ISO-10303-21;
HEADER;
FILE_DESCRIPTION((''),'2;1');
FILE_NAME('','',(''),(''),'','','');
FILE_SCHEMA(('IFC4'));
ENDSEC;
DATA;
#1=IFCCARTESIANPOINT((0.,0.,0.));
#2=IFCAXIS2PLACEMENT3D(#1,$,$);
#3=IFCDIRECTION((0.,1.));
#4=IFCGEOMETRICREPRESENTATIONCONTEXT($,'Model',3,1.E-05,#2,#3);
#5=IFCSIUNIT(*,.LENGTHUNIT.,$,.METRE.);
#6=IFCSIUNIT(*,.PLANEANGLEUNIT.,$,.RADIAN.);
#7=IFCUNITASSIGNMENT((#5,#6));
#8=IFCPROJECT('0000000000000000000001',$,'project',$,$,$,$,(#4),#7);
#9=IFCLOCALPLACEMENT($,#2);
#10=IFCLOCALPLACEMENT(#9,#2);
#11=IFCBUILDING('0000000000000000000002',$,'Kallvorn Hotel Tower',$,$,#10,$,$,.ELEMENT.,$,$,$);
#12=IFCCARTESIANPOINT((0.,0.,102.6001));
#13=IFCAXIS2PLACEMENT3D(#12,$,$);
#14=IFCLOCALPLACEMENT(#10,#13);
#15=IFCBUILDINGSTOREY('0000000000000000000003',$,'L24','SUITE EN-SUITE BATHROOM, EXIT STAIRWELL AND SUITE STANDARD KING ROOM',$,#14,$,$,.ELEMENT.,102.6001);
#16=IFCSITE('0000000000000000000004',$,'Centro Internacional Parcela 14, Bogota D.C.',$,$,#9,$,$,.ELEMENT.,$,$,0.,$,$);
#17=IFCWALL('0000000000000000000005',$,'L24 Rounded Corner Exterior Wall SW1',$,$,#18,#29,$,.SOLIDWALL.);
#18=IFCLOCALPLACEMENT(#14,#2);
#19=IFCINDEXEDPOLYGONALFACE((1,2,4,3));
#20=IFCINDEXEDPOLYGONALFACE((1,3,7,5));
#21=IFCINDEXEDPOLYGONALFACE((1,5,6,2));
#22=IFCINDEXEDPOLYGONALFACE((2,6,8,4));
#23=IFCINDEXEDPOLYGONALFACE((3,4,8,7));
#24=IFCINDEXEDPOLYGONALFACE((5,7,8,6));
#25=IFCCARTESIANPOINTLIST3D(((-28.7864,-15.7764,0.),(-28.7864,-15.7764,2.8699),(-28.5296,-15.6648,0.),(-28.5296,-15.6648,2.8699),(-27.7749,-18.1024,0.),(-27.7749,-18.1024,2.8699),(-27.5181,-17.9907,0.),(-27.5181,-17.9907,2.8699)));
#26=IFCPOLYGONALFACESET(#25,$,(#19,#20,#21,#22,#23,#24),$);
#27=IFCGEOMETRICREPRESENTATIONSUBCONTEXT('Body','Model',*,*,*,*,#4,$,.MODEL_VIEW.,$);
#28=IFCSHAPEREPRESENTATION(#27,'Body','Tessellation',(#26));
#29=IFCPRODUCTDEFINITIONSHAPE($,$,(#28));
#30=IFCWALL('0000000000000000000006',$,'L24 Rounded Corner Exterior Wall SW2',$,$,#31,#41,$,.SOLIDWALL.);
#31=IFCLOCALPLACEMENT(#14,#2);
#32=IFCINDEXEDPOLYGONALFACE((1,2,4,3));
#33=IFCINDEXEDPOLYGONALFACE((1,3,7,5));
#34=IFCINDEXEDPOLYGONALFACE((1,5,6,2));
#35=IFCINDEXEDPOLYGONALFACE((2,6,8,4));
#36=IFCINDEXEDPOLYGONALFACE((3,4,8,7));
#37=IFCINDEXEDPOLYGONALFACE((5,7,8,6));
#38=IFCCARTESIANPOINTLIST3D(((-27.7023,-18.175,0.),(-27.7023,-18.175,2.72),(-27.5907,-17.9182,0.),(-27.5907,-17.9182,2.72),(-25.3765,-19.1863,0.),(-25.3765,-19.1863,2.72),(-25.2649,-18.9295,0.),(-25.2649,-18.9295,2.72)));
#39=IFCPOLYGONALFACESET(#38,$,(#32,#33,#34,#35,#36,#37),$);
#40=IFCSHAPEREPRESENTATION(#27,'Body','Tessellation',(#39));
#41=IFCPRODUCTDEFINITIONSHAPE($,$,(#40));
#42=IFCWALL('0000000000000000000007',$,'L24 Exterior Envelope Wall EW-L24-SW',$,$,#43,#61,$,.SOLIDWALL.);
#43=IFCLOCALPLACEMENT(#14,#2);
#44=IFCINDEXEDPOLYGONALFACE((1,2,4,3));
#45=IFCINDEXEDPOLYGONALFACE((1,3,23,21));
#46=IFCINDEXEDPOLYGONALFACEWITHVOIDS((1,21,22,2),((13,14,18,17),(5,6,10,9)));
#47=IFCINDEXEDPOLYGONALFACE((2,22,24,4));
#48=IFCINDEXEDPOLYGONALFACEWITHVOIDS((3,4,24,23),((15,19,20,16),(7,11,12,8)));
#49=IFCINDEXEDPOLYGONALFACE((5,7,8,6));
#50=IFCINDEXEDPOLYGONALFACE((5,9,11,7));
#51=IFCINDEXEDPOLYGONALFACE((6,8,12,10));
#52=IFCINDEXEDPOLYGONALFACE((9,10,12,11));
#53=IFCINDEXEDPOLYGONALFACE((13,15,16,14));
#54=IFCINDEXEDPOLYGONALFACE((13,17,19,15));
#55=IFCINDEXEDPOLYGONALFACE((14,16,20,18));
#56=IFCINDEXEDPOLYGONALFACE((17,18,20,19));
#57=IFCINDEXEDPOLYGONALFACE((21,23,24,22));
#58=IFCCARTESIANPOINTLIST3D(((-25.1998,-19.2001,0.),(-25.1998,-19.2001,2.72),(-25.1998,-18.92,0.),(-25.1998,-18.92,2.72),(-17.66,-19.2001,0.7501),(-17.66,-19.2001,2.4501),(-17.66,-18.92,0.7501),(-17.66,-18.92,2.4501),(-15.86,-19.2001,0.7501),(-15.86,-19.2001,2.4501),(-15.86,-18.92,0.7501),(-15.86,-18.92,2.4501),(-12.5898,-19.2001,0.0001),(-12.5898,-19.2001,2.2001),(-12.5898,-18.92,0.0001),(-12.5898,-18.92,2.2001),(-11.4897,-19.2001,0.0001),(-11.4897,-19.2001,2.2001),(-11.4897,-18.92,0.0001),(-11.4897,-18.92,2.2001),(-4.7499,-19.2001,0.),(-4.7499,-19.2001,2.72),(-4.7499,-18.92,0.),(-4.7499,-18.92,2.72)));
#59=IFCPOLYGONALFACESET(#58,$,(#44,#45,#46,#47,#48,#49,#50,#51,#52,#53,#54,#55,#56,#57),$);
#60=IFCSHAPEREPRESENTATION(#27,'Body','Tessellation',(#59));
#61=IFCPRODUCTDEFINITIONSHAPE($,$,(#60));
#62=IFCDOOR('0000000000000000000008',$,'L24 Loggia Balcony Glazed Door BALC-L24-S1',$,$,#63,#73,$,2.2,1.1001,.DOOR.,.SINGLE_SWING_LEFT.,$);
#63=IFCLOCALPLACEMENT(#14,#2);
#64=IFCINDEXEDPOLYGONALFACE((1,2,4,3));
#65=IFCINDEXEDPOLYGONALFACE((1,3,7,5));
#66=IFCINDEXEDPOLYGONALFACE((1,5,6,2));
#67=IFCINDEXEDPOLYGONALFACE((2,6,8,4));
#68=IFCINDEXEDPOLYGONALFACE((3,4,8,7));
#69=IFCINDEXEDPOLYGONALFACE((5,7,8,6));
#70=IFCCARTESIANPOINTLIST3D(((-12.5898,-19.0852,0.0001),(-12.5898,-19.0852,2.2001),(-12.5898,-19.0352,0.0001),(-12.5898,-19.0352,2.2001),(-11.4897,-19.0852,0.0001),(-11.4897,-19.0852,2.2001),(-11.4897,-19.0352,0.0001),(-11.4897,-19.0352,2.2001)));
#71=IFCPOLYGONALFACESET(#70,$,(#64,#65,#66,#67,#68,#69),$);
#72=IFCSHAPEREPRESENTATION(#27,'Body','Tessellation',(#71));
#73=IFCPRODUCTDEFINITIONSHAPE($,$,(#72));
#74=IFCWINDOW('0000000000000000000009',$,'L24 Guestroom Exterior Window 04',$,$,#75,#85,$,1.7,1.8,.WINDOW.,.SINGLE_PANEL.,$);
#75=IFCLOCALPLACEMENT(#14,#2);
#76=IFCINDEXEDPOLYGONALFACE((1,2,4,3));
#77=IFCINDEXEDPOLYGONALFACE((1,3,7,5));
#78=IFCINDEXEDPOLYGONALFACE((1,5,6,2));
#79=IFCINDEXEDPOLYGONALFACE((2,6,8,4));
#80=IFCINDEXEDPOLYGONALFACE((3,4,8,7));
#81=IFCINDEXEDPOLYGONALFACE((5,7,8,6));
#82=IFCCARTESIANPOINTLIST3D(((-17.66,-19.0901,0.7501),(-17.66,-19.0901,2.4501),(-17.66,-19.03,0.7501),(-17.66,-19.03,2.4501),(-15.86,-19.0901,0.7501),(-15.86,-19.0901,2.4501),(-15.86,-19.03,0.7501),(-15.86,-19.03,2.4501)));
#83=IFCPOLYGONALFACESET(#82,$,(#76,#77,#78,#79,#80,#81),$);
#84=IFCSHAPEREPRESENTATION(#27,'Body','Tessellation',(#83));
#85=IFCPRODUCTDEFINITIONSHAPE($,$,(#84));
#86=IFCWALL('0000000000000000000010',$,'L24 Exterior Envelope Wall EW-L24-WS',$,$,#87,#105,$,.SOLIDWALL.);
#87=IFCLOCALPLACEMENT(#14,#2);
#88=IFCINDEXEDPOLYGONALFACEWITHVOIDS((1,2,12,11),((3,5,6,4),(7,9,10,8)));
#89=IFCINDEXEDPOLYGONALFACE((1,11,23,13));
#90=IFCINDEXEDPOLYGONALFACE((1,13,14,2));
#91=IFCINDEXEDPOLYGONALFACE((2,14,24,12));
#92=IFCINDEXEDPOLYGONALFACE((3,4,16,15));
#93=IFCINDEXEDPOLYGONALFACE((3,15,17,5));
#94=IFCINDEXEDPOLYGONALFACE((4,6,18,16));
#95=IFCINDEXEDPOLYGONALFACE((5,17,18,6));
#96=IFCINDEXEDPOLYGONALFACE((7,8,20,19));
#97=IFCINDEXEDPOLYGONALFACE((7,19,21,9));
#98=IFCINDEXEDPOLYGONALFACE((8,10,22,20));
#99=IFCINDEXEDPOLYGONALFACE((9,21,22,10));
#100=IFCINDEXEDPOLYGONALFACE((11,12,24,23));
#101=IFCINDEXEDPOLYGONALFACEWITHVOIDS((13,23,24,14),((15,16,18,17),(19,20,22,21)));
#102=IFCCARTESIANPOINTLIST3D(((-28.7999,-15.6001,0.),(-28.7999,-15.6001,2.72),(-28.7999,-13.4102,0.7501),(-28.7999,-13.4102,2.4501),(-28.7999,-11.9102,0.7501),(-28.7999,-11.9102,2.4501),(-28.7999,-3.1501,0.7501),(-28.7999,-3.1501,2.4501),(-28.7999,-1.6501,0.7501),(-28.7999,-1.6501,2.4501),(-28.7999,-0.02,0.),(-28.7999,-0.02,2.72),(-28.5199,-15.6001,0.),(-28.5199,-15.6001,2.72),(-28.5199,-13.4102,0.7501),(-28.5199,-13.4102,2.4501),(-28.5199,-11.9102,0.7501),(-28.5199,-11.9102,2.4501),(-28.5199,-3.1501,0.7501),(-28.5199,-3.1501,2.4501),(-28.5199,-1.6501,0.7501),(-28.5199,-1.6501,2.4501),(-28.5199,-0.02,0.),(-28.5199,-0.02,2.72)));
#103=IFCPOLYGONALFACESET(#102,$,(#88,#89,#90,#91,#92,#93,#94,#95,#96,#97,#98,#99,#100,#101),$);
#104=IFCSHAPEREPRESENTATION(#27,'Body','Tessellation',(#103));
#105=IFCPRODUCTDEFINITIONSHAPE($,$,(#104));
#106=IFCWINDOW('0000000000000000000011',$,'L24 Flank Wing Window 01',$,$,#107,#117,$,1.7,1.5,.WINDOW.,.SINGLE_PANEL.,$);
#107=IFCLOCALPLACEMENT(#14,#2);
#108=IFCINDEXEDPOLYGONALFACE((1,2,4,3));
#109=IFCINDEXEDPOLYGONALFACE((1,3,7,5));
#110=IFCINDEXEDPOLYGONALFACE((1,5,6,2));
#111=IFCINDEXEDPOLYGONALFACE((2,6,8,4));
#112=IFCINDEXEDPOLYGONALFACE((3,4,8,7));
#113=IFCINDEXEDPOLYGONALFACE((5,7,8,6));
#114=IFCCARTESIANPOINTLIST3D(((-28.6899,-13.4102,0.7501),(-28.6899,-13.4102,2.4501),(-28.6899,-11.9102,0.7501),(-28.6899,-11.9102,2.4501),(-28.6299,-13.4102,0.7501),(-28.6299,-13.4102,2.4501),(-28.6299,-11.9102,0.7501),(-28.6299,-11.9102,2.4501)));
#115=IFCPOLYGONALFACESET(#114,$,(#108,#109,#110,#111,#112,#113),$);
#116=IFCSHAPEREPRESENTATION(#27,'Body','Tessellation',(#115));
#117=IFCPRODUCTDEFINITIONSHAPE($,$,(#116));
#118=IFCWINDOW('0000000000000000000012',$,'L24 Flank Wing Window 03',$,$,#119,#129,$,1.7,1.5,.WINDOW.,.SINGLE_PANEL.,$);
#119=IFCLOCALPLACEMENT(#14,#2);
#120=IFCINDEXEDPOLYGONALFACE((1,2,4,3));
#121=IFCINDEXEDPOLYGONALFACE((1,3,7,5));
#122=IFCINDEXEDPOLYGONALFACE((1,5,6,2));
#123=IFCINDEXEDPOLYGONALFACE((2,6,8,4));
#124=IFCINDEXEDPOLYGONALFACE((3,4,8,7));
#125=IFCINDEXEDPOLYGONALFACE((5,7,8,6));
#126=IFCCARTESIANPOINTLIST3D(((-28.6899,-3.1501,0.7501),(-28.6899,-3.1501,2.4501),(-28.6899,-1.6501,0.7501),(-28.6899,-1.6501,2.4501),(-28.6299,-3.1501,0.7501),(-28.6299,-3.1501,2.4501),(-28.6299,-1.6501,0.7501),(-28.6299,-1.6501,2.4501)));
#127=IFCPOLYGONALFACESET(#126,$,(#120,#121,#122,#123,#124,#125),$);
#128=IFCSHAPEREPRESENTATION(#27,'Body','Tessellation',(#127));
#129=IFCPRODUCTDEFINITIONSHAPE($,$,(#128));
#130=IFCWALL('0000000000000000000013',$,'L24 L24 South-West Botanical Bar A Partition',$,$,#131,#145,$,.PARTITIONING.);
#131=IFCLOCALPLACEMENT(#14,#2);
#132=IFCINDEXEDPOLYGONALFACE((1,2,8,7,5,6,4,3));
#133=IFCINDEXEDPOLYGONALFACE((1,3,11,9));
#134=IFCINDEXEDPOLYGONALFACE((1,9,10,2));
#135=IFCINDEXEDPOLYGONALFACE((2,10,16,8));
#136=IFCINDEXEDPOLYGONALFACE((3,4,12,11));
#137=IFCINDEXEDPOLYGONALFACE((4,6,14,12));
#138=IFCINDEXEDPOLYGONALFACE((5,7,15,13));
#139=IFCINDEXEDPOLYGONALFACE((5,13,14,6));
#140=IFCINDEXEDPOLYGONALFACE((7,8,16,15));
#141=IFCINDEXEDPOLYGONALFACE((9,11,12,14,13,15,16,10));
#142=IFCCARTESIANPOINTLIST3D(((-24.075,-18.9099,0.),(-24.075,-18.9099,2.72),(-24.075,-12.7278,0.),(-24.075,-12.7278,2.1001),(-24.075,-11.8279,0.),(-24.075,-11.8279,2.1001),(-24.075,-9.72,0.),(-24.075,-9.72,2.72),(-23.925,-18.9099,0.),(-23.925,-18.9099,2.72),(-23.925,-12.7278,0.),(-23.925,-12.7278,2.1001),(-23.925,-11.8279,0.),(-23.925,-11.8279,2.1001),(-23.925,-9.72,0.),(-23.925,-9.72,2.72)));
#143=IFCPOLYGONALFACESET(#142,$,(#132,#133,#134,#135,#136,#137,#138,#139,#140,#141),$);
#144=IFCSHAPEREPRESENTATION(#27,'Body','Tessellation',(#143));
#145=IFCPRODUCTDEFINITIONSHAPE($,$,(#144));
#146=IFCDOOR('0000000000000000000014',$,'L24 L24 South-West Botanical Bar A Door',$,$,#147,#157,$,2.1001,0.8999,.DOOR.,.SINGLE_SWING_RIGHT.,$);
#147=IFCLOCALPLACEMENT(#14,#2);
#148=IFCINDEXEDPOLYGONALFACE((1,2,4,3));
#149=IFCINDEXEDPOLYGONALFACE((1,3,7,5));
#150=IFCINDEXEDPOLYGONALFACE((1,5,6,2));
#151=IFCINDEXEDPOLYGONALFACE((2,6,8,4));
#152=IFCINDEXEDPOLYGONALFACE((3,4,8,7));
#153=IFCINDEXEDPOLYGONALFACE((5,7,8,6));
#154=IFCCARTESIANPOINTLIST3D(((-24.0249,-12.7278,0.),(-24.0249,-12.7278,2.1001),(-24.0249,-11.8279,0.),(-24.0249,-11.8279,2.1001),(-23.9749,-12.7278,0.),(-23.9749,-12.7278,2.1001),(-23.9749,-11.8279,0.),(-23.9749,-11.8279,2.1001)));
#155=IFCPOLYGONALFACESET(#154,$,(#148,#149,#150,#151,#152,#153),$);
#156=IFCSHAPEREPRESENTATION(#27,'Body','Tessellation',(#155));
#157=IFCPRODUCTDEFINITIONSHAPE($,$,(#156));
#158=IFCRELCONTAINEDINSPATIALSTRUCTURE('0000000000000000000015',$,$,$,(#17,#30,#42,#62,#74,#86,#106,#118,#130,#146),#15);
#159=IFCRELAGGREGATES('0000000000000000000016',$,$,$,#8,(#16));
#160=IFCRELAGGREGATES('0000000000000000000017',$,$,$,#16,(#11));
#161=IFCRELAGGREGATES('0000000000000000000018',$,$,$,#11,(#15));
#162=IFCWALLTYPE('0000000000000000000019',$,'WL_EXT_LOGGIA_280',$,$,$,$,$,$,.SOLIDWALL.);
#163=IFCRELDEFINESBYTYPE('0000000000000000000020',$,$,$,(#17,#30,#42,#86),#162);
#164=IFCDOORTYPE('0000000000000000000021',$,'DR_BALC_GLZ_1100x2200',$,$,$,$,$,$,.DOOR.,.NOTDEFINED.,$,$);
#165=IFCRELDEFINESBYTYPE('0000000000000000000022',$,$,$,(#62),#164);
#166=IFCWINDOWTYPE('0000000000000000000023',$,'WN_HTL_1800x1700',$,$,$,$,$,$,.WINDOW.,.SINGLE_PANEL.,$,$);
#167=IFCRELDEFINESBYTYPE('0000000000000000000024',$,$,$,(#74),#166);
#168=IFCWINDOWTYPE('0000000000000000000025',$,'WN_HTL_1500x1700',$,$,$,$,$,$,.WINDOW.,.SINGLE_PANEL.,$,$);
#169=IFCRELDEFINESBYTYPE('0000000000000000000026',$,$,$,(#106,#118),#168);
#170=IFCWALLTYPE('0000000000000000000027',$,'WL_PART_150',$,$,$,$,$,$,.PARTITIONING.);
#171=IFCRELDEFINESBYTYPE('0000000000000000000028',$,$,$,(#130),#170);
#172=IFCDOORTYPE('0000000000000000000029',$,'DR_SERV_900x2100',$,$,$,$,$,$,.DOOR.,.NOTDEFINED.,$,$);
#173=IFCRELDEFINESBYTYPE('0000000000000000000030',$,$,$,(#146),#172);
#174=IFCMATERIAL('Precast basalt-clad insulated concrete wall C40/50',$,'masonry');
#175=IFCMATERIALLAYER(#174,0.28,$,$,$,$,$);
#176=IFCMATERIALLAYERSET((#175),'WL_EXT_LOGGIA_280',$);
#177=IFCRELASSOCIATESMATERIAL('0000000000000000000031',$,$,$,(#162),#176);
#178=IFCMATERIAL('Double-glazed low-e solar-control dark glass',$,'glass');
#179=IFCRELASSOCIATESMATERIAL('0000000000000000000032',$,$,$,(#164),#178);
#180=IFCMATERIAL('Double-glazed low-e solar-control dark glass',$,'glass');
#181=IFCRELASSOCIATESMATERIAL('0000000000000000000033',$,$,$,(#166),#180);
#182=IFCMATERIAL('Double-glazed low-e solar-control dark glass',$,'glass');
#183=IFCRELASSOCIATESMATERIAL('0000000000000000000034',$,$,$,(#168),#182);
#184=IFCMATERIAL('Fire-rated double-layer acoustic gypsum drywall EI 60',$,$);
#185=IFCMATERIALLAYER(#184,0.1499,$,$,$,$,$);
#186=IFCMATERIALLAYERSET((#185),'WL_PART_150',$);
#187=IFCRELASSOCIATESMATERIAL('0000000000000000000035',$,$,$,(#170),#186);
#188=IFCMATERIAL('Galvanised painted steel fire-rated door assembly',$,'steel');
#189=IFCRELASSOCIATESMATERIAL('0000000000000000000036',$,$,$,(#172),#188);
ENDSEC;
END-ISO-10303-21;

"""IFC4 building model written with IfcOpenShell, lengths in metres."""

from ifc_helpers import new_model, si_unit, direction, frame, frame_2d, origin, place, context, subcontext, project, spatial, rectangle, extrude, material, layer, layer_set, type_object, element, fill, save


model = new_model("IFC4")

# Units and contexts
model_context = context("Model", 3, precision=1e-05, world=origin(), true_north=direction((0.0, 1.0)))
body_context = subcontext(model_context, "Body", "Model", "MODEL_VIEW")
ifc_project = project(units=[si_unit("LENGTHUNIT", "METRE"), si_unit("PLANEANGLEUNIT", "RADIAN")], contexts=[model_context])

# Site, building, storey
site_placement = place(None, origin())
site = spatial("IfcSite", under=ifc_project, at=site_placement, Name="Centro Internacional Parcela 14, Bogota D.C.", CompositionType="ELEMENT", RefElevation=0.0)
building_placement = place(site_placement, origin())
building = spatial("IfcBuilding", under=site, at=building_placement, Name="Kallvorn Hotel Tower", CompositionType="ELEMENT")
storey_placement = place(building_placement, frame((0.0, 0.0, 102.6001)))
storey = spatial("IfcBuildingStorey", under=building, at=storey_placement, Name="L24", Description="SUITE EN-SUITE BATHROOM, EXIT STAIRWELL AND SUITE STANDARD KING ROOM", CompositionType="ELEMENT", Elevation=102.6001)

# Walls
ifc_material_1 = material(Name="Precast basalt-clad insulated concrete wall C40/50", Category="masonry")
ifc_layer_1 = layer(ifc_material_1, 0.28)
ifc_layer_set_1 = layer_set([ifc_layer_1], Name="WL_EXT_LOGGIA_280")
wall_type_1 = type_object("IfcWallType", Name="WL_EXT_LOGGIA_280", PredefinedType="SOLIDWALL", material=ifc_layer_set_1)
wall_1_placement = place(storey_placement, frame((-28.658, -15.7207, 0.0), z_axis=(0.0, 0.0, 1.0), x_axis=(0.398793, -0.917041, 0.0)))
element("IfcWall", 1, at=wall_1_placement, inside=storey, type_object=wall_type_1, Name="L24 Rounded Corner Exterior Wall SW1", PredefinedType="SOLIDWALL", context=body_context, shape_type="SweptSolid", body=[
    extrude(rectangle(XDim=2.5364, YDim=0.28, at=frame_2d((1.2681, 0.0))), origin(), (0.0, 0.0, 1.0), 2.8699),
])
wall_2_placement = place(storey_placement, frame((-27.6465, -18.0466, 0.0), z_axis=(0.0, 0.0, 1.0), x_axis=(0.917061, -0.398747, 0.0)))
element("IfcWall", 2, at=wall_2_placement, inside=storey, type_object=wall_type_1, Name="L24 Rounded Corner Exterior Wall SW2", PredefinedType="SOLIDWALL", context=body_context, shape_type="SweptSolid", body=[
    extrude(rectangle(XDim=2.5361, YDim=0.28, at=frame_2d((1.2681, 0.0))), origin(), (0.0, 0.0, 1.0), 2.72),
])

# Wall, openings, door, window
wall_3_placement = place(storey_placement, frame((-25.2, -19.0601, 0.0), z_axis=(0.0, 0.0, 1.0), x_axis=(1.0, 0.0, 0.0)))
wall_3 = element("IfcWall", 3, at=wall_3_placement, inside=storey, type_object=wall_type_1, Name="L24 Exterior Envelope Wall EW-L24-SW", PredefinedType="SOLIDWALL", context=body_context, shape_type="SweptSolid", body=[
    extrude(rectangle(XDim=20.45, YDim=0.28, at=frame_2d((10.2251, 0.0))), origin(), (0.0, 0.0, 1.0), 2.72),
])
opening_1_placement = place(wall_3_placement, frame((7.54, 0.0, 0.75)))
opening_1 = element("IfcOpeningElement", 4, at=opening_1_placement, cuts=wall_3, PredefinedType="OPENING", context=body_context, shape_type="SweptSolid", body=[
    extrude(rectangle(XDim=1.8, YDim=1.7, at=frame_2d((0.8999, 0.8501))), frame((0.0, 0.155, 0.0), z_axis=(0.0, -1.0, 0.0), x_axis=(1.0, 0.0, 0.0)), (0.0, 0.0, 1.0), 0.3101),
])
opening_2_placement = place(wall_3_placement, frame((12.6101, 0.0, 0.0)))
opening_2 = element("IfcOpeningElement", 5, at=opening_2_placement, cuts=wall_3, PredefinedType="OPENING", context=body_context, shape_type="SweptSolid", body=[
    extrude(rectangle(XDim=1.1001, YDim=2.2, at=frame_2d((0.55, 1.1001))), frame((0.0, 0.155, 0.0), z_axis=(0.0, -1.0, 0.0), x_axis=(1.0, 0.0, 0.0)), (0.0, 0.0, 1.0), 0.3101),
])
ifc_material_2 = material(Name="Double-glazed low-e solar-control dark glass", Category="glass")
door_type_1 = type_object("IfcDoorType", Name="DR_BALC_GLZ_1100x2200", OperationType="NOTDEFINED", PredefinedType="DOOR", material=ifc_material_2)
door_1_placement = place(opening_2_placement, origin())
door_1 = element("IfcDoor", 6, at=door_1_placement, inside=storey, type_object=door_type_1, Name="L24 Loggia Balcony Glazed Door BALC-L24-S1", OperationType="SINGLE_SWING_LEFT", OverallHeight=2.2, OverallWidth=1.1001, PredefinedType="DOOR", context=body_context, shape_type="SweptSolid", body=[
    extrude(rectangle(XDim=1.1001, YDim=2.2, at=frame_2d((0.55, 1.1001))), frame((0.0, 0.0249, 0.0), z_axis=(0.0, -1.0, 0.0), x_axis=(1.0, 0.0, 0.0)), (0.0, 0.0, 1.0), 0.05),
])
fill(opening_2, door_1)
ifc_material_3 = material(Name="Double-glazed low-e solar-control dark glass", Category="glass")
window_type_1 = type_object("IfcWindowType", Name="WN_HTL_1800x1700", PartitioningType="SINGLE_PANEL", PredefinedType="WINDOW", material=ifc_material_3)
window_1_placement = place(opening_1_placement, origin())
window_1 = element("IfcWindow", 7, at=window_1_placement, inside=storey, type_object=window_type_1, Name="L24 Guestroom Exterior Window 04", OverallHeight=1.7, OverallWidth=1.8, PartitioningType="SINGLE_PANEL", PredefinedType="WINDOW", context=body_context, shape_type="SweptSolid", body=[
    extrude(rectangle(XDim=1.8, YDim=1.7, at=frame_2d((0.8999, 0.8501))), frame((0.0, 0.03, 0.0), z_axis=(0.0, -1.0, 0.0), x_axis=(1.0, 0.0, 0.0)), (0.0, 0.0, 1.0), 0.0601),
])
fill(opening_1, window_1)

# Wall, openings, windows
wall_4_placement = place(storey_placement, frame((-28.6599, -15.6001, 0.0), z_axis=(0.0, 0.0, 1.0), x_axis=(0.0, 1.0, 0.0)))
wall_4 = element("IfcWall", 8, at=wall_4_placement, inside=storey, type_object=wall_type_1, Name="L24 Exterior Envelope Wall EW-L24-WS", PredefinedType="SOLIDWALL", context=body_context, shape_type="SweptSolid", body=[
    extrude(rectangle(XDim=15.5801, YDim=0.28, at=frame_2d((7.79, 0.0))), origin(), (0.0, 0.0, 1.0), 2.72),
])
opening_3_placement = place(wall_4_placement, frame((2.1899, 0.0, 0.75)))
opening_3 = element("IfcOpeningElement", 9, at=opening_3_placement, cuts=wall_4, PredefinedType="OPENING", context=body_context, shape_type="SweptSolid", body=[
    extrude(rectangle(XDim=1.5, YDim=1.7, at=frame_2d((0.75, 0.8501))), frame((0.0, 0.155, 0.0), z_axis=(0.0, -1.0, 0.0), x_axis=(1.0, 0.0, 0.0)), (0.0, 0.0, 1.0), 0.3101),
])
opening_4_placement = place(wall_4_placement, frame((12.45, 0.0, 0.75)))
opening_4 = element("IfcOpeningElement", 10, at=opening_4_placement, cuts=wall_4, PredefinedType="OPENING", context=body_context, shape_type="SweptSolid", body=[
    extrude(rectangle(XDim=1.5, YDim=1.7, at=frame_2d((0.75, 0.8501))), frame((0.0, 0.155, 0.0), z_axis=(0.0, -1.0, 0.0), x_axis=(1.0, 0.0, 0.0)), (0.0, 0.0, 1.0), 0.3101),
])
ifc_material_4 = material(Name="Double-glazed low-e solar-control dark glass", Category="glass")
window_type_2 = type_object("IfcWindowType", Name="WN_HTL_1500x1700", PartitioningType="SINGLE_PANEL", PredefinedType="WINDOW", material=ifc_material_4)
window_2_placement = place(opening_3_placement, origin())
window_2 = element("IfcWindow", 11, at=window_2_placement, inside=storey, type_object=window_type_2, Name="L24 Flank Wing Window 01", OverallHeight=1.7, OverallWidth=1.5, PartitioningType="SINGLE_PANEL", PredefinedType="WINDOW", context=body_context, shape_type="SweptSolid", body=[
    extrude(rectangle(XDim=1.5, YDim=1.7, at=frame_2d((0.75, 0.8501))), frame((0.0, 0.03, 0.0), z_axis=(0.0, -1.0, 0.0), x_axis=(1.0, 0.0, 0.0)), (0.0, 0.0, 1.0), 0.0601),
])
fill(opening_3, window_2)
window_3_placement = place(opening_4_placement, origin())
window_3 = element("IfcWindow", 12, at=window_3_placement, inside=storey, type_object=window_type_2, Name="L24 Flank Wing Window 03", OverallHeight=1.7, OverallWidth=1.5, PartitioningType="SINGLE_PANEL", PredefinedType="WINDOW", context=body_context, shape_type="SweptSolid", body=[
    extrude(rectangle(XDim=1.5, YDim=1.7, at=frame_2d((0.75, 0.8501))), frame((0.0, 0.03, 0.0), z_axis=(0.0, -1.0, 0.0), x_axis=(1.0, 0.0, 0.0)), (0.0, 0.0, 1.0), 0.0601),
])
fill(opening_4, window_3)

# Wall, opening, door
ifc_material_5 = material(Name="Fire-rated double-layer acoustic gypsum drywall EI 60")
ifc_layer_2 = layer(ifc_material_5, 0.1499)
ifc_layer_set_2 = layer_set([ifc_layer_2], Name="WL_PART_150")
wall_type_2 = type_object("IfcWallType", Name="WL_PART_150", PredefinedType="PARTITIONING", material=ifc_layer_set_2)
wall_5_placement = place(storey_placement, frame((-24.0, -18.9099, 0.0), z_axis=(0.0, 0.0, 1.0), x_axis=(0.0, 1.0, 0.0)))
wall_5 = element("IfcWall", 13, at=wall_5_placement, inside=storey, type_object=wall_type_2, Name="L24 L24 South-West Botanical Bar A Partition", PredefinedType="PARTITIONING", context=body_context, shape_type="SweptSolid", body=[
    extrude(rectangle(XDim=9.1899, YDim=0.1499, at=frame_2d((4.595, 0.0))), origin(), (0.0, 0.0, 1.0), 2.72),
])
opening_5_placement = place(wall_5_placement, frame((6.1821, 0.0, 0.0)))
opening_5 = element("IfcOpeningElement", 14, at=opening_5_placement, cuts=wall_5, PredefinedType="OPENING", context=body_context, shape_type="SweptSolid", body=[
    extrude(rectangle(XDim=0.8999, YDim=2.1001, at=frame_2d((0.45, 1.05))), frame((0.0, 0.0898, 0.0), z_axis=(0.0, -1.0, 0.0), x_axis=(1.0, 0.0, 0.0)), (0.0, 0.0, 1.0), 0.1799),
])
ifc_material_6 = material(Name="Galvanised painted steel fire-rated door assembly", Category="steel")
door_type_2 = type_object("IfcDoorType", Name="DR_SERV_900x2100", OperationType="NOTDEFINED", PredefinedType="DOOR", material=ifc_material_6)
door_2_placement = place(opening_5_placement, origin())
door_2 = element("IfcDoor", 15, at=door_2_placement, inside=storey, type_object=door_type_2, Name="L24 L24 South-West Botanical Bar A Door", OperationType="SINGLE_SWING_RIGHT", OverallHeight=2.1001, OverallWidth=0.8999, PredefinedType="DOOR", context=body_context, shape_type="SweptSolid", body=[
    extrude(rectangle(XDim=0.8999, YDim=2.1001, at=frame_2d((0.45, 1.05))), frame((0.0, 0.0249, 0.0), z_axis=(0.0, -1.0, 0.0), x_axis=(1.0, 0.0, 0.0)), (0.0, 0.0, 1.0), 0.05),
])
fill(opening_5, door_2)

save(model, "model.ifc")
